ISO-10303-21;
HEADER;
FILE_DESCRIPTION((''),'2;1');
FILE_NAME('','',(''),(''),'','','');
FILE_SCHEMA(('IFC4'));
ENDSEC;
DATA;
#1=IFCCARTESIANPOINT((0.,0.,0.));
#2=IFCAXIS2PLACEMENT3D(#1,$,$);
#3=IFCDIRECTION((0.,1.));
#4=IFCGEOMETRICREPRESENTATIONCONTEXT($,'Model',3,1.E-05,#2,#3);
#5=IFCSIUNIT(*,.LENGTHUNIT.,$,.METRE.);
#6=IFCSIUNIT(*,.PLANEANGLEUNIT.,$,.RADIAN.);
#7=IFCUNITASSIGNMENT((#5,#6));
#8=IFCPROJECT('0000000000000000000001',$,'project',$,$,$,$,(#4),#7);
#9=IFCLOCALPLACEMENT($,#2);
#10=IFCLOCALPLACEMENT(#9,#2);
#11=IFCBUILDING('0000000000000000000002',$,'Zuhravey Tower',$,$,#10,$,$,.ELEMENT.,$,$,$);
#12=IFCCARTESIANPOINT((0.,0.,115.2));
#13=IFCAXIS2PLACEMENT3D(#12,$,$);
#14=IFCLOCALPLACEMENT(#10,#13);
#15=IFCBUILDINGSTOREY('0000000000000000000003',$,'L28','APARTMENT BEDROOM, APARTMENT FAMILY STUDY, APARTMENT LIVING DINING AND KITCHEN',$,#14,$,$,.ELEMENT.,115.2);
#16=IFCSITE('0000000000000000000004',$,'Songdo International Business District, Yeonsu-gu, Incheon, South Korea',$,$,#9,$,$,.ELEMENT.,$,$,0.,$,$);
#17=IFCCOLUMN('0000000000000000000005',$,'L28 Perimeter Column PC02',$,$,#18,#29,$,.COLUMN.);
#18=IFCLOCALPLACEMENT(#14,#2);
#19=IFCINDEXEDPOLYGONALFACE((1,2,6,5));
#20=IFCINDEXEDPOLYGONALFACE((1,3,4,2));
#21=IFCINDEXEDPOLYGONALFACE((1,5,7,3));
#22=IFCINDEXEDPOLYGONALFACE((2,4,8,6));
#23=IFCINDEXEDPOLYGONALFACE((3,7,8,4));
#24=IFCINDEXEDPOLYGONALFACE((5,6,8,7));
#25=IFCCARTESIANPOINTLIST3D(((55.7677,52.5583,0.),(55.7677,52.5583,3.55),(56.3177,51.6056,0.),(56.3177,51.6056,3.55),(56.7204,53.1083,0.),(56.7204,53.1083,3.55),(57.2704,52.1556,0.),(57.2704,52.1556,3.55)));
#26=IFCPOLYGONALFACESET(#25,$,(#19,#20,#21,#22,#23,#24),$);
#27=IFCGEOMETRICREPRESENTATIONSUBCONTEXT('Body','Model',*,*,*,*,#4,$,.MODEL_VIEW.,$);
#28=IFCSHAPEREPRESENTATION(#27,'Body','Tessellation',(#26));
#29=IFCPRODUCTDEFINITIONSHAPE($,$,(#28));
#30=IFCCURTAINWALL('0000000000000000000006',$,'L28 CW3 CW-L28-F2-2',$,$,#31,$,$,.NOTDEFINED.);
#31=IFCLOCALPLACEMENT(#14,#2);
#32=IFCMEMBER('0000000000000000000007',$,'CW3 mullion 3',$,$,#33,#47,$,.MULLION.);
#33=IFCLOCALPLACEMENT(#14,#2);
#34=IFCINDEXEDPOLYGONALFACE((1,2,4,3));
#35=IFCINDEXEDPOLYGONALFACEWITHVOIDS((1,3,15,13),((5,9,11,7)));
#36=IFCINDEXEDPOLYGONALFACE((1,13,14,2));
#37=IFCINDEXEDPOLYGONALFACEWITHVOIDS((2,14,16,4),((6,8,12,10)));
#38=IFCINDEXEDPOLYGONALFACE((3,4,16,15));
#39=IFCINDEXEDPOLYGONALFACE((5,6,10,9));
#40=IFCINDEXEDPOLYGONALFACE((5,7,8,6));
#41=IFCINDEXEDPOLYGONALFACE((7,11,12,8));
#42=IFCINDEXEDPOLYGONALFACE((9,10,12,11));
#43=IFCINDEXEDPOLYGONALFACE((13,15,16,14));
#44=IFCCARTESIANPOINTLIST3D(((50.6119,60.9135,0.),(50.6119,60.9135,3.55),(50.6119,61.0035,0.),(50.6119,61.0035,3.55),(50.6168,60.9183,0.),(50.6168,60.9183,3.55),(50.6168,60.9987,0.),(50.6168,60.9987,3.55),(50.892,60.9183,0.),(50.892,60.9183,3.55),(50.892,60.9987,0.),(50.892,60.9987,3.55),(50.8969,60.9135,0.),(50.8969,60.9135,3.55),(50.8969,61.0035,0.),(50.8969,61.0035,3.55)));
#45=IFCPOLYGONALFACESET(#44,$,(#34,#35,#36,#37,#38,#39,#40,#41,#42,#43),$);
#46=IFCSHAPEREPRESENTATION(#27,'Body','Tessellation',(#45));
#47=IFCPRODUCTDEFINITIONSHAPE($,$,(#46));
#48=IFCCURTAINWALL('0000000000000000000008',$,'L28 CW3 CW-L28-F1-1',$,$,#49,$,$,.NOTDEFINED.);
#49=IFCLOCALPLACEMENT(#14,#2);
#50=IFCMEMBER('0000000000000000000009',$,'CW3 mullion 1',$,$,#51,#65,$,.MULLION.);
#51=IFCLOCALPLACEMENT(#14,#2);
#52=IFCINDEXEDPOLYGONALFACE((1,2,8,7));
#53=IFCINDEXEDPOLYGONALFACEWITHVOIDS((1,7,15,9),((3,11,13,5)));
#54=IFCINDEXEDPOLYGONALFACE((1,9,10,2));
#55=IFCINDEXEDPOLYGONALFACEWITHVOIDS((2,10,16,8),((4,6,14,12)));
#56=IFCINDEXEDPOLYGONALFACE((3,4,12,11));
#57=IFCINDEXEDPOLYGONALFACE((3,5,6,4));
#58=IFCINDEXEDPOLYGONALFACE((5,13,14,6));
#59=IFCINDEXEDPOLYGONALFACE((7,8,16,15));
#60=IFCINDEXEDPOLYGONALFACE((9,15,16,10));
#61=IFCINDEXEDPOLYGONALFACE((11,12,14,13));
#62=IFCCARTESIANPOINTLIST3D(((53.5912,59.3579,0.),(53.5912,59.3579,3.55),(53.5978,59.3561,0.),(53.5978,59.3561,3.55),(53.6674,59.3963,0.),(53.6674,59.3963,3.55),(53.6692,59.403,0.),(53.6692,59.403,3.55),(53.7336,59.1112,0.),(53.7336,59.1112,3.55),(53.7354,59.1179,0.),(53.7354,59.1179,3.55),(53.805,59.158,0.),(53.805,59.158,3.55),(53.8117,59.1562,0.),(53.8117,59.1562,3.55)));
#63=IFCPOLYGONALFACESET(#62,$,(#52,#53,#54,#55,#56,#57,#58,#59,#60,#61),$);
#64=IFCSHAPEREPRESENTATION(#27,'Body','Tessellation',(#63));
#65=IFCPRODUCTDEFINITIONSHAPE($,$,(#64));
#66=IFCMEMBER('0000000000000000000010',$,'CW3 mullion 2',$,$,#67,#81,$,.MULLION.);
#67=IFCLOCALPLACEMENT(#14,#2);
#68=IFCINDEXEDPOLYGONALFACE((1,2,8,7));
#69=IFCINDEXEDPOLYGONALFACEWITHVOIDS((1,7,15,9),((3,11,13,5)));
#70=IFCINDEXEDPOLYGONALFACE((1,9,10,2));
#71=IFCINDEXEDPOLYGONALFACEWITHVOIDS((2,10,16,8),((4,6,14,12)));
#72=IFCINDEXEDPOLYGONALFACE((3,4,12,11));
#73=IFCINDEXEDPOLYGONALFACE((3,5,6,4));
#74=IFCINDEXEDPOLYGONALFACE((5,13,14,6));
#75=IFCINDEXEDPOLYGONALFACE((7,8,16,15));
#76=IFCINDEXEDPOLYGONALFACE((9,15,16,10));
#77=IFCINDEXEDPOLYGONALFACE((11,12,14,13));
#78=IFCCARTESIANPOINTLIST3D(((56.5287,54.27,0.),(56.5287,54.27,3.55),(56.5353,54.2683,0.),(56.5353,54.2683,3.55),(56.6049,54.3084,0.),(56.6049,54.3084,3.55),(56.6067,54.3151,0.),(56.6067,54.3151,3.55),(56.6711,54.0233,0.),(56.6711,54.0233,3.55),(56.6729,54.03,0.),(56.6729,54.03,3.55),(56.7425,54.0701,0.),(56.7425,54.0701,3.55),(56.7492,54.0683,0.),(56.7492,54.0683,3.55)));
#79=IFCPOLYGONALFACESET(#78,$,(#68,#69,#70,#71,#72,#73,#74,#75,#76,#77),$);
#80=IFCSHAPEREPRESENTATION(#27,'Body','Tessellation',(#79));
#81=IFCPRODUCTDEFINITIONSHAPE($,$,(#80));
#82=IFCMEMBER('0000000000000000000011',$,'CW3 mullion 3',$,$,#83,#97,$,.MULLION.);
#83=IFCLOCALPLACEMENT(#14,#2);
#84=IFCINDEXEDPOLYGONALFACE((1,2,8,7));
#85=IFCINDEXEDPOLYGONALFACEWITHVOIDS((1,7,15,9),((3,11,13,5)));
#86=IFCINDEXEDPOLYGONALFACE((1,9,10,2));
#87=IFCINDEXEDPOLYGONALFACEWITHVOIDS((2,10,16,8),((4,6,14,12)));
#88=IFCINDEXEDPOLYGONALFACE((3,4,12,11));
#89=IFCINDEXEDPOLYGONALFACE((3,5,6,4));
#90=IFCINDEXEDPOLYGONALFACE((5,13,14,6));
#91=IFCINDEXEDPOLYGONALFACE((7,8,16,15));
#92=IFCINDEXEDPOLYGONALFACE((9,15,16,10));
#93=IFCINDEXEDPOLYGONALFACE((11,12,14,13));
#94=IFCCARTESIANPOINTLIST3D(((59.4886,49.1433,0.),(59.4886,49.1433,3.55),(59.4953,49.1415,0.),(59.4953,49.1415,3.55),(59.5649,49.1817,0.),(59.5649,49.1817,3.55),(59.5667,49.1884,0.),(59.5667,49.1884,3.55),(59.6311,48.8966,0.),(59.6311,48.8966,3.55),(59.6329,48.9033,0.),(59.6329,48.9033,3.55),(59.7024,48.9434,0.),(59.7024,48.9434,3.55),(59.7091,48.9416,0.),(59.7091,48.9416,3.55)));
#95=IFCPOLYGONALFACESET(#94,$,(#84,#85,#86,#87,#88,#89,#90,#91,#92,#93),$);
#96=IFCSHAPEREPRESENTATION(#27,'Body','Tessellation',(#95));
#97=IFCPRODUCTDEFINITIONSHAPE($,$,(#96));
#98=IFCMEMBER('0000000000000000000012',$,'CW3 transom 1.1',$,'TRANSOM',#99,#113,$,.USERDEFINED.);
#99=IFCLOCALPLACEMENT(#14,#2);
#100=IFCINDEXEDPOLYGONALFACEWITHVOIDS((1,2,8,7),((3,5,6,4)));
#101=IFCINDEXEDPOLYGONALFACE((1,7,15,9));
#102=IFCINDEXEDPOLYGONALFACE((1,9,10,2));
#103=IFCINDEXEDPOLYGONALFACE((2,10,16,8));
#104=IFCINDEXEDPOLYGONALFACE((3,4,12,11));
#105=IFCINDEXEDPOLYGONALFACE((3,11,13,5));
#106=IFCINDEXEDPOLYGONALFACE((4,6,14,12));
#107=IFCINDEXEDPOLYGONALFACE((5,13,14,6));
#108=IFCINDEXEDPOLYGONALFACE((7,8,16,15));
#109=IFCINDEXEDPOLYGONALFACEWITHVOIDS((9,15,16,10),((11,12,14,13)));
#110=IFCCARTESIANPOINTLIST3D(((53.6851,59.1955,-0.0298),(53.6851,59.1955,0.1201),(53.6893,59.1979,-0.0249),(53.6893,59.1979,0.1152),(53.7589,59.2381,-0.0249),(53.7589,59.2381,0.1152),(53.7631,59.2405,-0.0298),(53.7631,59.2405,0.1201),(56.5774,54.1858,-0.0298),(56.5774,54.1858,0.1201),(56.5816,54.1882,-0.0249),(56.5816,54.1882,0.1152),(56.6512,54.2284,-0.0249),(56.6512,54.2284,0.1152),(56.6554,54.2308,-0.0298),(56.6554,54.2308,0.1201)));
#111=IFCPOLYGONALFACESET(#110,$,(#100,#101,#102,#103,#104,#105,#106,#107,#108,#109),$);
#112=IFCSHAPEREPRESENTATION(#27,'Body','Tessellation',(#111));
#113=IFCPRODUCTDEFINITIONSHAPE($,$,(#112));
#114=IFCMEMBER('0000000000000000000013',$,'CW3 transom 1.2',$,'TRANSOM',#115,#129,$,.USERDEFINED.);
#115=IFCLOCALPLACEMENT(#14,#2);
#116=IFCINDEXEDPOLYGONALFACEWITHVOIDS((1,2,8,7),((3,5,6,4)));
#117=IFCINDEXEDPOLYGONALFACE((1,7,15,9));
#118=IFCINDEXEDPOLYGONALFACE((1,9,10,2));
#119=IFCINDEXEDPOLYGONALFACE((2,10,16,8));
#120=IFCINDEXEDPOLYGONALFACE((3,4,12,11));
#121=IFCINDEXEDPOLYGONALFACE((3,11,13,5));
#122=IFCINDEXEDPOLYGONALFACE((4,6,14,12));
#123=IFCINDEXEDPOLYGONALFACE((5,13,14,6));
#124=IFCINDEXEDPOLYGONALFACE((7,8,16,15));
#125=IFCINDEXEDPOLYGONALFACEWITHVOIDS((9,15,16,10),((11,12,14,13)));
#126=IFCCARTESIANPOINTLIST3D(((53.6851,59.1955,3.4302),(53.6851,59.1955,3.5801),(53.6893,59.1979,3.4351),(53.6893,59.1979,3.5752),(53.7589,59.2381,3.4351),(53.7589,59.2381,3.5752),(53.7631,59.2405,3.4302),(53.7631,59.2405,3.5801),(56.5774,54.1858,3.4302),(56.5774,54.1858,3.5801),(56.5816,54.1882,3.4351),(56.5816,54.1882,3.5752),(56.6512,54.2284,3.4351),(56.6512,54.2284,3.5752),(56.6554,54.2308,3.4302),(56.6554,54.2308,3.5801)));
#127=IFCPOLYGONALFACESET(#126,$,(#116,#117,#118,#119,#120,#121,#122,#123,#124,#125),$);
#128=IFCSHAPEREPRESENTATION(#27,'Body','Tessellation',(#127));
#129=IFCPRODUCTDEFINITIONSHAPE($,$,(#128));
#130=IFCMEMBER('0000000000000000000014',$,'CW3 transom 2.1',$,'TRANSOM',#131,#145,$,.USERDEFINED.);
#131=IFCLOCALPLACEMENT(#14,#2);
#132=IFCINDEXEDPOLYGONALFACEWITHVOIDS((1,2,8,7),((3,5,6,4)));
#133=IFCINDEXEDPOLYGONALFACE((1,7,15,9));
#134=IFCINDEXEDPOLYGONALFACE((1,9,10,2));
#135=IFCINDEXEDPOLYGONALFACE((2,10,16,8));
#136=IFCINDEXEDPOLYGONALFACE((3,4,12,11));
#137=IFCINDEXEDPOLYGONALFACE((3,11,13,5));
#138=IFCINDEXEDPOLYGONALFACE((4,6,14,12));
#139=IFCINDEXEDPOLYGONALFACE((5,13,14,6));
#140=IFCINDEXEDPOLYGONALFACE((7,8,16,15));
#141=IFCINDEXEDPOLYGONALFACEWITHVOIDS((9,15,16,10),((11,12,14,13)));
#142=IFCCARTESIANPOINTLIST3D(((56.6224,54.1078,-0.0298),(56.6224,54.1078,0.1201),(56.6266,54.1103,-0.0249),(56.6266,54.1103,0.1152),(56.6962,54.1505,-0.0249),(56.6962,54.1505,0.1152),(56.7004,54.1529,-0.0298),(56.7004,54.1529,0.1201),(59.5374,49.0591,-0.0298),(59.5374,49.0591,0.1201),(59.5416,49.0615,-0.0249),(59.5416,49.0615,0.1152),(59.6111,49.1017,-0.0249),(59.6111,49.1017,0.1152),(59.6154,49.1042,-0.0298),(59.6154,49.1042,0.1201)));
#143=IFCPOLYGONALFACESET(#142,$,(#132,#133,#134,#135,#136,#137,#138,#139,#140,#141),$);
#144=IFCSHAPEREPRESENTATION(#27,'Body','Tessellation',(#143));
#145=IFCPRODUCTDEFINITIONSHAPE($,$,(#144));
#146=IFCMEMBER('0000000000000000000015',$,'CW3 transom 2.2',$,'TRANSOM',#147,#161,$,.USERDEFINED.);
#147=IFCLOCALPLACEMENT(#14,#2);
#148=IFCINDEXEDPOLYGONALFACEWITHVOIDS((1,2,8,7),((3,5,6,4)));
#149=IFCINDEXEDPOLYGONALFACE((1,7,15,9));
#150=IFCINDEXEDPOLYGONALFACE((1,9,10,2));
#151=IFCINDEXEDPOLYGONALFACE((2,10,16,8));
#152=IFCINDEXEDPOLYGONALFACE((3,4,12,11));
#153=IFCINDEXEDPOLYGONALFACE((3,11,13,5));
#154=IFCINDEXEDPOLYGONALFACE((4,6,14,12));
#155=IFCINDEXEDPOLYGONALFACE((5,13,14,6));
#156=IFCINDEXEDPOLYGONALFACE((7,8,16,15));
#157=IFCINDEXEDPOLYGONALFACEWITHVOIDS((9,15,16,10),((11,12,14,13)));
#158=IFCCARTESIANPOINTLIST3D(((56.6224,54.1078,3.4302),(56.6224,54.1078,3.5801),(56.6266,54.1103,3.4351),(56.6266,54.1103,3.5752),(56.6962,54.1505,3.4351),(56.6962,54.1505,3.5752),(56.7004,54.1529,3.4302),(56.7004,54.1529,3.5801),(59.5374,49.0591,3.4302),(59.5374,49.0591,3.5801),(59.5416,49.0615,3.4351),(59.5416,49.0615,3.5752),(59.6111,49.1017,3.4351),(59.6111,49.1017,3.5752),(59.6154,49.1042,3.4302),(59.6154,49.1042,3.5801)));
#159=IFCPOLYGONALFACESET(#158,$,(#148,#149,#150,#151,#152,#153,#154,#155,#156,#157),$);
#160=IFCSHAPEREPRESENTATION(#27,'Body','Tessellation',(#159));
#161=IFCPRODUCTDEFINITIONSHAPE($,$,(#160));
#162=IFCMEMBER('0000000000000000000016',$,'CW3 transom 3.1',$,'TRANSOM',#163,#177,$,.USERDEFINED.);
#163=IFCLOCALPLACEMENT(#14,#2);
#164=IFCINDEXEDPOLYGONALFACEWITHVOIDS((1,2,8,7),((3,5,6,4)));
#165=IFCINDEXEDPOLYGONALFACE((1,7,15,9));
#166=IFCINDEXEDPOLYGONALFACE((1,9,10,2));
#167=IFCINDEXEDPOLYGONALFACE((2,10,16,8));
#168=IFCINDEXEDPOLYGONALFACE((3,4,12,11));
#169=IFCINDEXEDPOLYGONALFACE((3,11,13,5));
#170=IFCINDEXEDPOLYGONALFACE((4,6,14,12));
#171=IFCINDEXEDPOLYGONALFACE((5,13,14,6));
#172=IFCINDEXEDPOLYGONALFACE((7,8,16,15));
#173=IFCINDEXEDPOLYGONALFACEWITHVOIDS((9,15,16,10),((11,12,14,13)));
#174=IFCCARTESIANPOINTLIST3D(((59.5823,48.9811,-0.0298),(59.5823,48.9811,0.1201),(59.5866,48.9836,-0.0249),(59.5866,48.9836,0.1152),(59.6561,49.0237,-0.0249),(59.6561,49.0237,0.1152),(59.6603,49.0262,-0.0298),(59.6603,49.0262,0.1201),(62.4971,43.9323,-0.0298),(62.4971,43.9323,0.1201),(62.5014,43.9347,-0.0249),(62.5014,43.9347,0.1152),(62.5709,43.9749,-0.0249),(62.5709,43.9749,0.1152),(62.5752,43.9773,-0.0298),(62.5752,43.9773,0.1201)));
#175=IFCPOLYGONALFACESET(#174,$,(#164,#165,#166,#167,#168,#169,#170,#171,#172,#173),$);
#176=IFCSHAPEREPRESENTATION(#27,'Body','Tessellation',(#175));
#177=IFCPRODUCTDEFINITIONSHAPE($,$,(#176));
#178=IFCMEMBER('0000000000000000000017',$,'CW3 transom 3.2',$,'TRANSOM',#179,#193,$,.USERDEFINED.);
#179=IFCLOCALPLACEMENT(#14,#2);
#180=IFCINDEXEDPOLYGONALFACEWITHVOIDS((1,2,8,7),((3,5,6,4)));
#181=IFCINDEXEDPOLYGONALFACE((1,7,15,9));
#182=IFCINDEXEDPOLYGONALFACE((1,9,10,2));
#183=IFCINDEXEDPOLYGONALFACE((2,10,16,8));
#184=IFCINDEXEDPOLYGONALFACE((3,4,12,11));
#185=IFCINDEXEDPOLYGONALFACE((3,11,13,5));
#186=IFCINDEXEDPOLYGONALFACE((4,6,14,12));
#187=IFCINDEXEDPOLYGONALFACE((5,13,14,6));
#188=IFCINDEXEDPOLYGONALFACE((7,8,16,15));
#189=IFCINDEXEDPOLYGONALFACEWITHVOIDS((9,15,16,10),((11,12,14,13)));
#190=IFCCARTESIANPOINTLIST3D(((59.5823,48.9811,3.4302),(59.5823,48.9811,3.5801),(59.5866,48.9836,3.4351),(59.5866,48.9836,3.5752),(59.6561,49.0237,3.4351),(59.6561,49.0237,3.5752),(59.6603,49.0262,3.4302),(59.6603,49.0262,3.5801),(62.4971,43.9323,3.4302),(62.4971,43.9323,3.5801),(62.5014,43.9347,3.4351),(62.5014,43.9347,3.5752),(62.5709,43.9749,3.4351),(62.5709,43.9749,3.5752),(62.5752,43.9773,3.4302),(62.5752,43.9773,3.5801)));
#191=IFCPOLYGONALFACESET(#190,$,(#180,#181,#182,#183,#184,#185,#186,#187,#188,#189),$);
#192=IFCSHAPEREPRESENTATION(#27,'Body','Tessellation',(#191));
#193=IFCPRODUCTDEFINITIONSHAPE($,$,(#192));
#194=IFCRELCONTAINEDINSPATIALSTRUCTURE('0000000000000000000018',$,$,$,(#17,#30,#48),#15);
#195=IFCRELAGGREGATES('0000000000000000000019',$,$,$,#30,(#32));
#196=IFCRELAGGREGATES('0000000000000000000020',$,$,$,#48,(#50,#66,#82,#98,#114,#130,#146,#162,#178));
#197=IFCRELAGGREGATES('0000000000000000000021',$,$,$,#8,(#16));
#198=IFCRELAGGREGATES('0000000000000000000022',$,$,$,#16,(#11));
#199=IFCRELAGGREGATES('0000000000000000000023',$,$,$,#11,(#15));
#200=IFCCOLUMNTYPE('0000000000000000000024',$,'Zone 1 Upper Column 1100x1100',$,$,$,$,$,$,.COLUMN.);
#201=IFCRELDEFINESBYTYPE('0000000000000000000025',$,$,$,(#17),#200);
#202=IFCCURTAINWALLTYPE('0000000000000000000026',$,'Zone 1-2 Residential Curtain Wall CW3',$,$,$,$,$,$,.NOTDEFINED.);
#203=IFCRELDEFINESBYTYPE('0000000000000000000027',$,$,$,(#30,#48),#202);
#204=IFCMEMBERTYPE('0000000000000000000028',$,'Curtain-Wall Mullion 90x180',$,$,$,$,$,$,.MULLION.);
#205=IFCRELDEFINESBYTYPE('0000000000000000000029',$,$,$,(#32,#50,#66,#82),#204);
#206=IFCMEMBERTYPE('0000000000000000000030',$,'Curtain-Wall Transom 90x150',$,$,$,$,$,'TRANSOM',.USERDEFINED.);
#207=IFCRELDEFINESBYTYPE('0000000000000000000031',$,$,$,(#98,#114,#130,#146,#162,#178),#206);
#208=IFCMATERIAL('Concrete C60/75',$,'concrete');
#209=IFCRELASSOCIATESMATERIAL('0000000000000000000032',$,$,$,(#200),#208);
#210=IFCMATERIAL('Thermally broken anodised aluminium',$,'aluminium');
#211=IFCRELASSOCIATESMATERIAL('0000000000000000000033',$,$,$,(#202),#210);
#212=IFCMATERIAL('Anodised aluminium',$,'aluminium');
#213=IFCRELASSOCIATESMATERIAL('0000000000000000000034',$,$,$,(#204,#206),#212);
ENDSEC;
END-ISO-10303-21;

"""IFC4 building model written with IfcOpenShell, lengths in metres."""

from ifc_helpers import new_model, si_unit, direction, frame, origin, origin_2d, place, context, subcontext, project, spatial, rectangle, hollow_rectangle, extrude, material, material_profile, profile_set, type_object, element, aggregate, save


model = new_model("IFC4")

# Units and contexts
model_context = context("Model", 3, precision=1e-05, world=origin(), true_north=direction((0.0, 1.0)))
body_context = subcontext(model_context, "Body", "Model", "MODEL_VIEW")
ifc_project = project(units=[si_unit("LENGTHUNIT", "METRE"), si_unit("PLANEANGLEUNIT", "RADIAN")], contexts=[model_context])

# Site, building, storey
site_placement = place(None, origin())
site = spatial("IfcSite", under=ifc_project, at=site_placement, Name="Songdo International Business District, Yeonsu-gu, Incheon, South Korea", CompositionType="ELEMENT", RefElevation=0.0)
building_placement = place(site_placement, origin())
building = spatial("IfcBuilding", under=site, at=building_placement, Name="Zuhravey Tower", CompositionType="ELEMENT")
storey_placement = place(building_placement, frame((0.0, 0.0, 115.2)))
storey = spatial("IfcBuildingStorey", under=building, at=storey_placement, Name="L28", Description="APARTMENT BEDROOM, APARTMENT FAMILY STUDY, APARTMENT LIVING DINING AND KITCHEN", CompositionType="ELEMENT", Elevation=115.2)

# Column
ifc_material_1 = material(Name="Concrete C60/75", Category="concrete")
ifc_material_profile_1 = material_profile(ifc_material_1, rectangle(XDim=1.1001, YDim=1.1001, at=origin_2d()), Name="RC-1100x1100")
ifc_profile_set_1 = profile_set([ifc_material_profile_1], Name="Concrete C60/75")
column_type = type_object("IfcColumnType", Name="Zone 1 Upper Column 1100x1100", PredefinedType="COLUMN", material=ifc_profile_set_1)
column_placement = place(storey_placement, frame((56.519, 52.3569, 0.0), z_axis=(0.0, 0.0, 1.0), x_axis=(-0.5, 0.866025, 0.0)))
element("IfcColumn", 1, at=column_placement, inside=storey, type_object=column_type, Name="L28 Perimeter Column PC02", PredefinedType="COLUMN", context=body_context, shape_type="SweptSolid", body=[
    extrude(rectangle(XDim=1.1001, YDim=1.1001, at=origin_2d()), origin(), (0.0, 0.0, 1.0), 3.55),
])

# Curtain wall, member
ifc_material_2 = material(Name="Thermally broken anodised aluminium", Category="aluminium")
curtain_wall_type = type_object("IfcCurtainWallType", Name="Zone 1-2 Residential Curtain Wall CW3", PredefinedType="NOTDEFINED", material=ifc_material_2)
curtain_wall_1_placement = place(storey_placement, origin())
curtain_wall_1 = element("IfcCurtainWall", 2, at=curtain_wall_1_placement, inside=storey, type_object=curtain_wall_type, Name="L28 CW3 CW-L28-F2-2", PredefinedType="NOTDEFINED")
ifc_material_3 = material(Name="Anodised aluminium", Category="aluminium")
ifc_material_profile_2 = material_profile(ifc_material_3, hollow_rectangle(XDim=0.0901, YDim=0.2849, WallThickness=0.0049, at=origin_2d()), Name="ALU-RHS-90x285x5")
ifc_profile_set_2 = profile_set([ifc_material_profile_2], Name="Anodised aluminium")
member_type_1 = type_object("IfcMemberType", Name="Curtain-Wall Mullion 90x180", PredefinedType="MULLION", material=ifc_profile_set_2)
member_1_placement = place(storey_placement, frame((50.7544, 60.9585, 0.0), z_axis=(0.0, 0.0, 1.0), x_axis=(0.0, 1.0, 0.0)))
member_1 = element("IfcMember", 3, at=member_1_placement, type_object=member_type_1, Name="CW3 mullion 3", PredefinedType="MULLION", context=body_context, shape_type="SweptSolid", body=[
    extrude(hollow_rectangle(XDim=0.0901, YDim=0.2849, WallThickness=0.0049, at=origin_2d()), origin(), (0.0, 0.0, 1.0), 3.55),
])

# Curtain wall, members
curtain_wall_2_placement = place(storey_placement, origin())
curtain_wall_2 = element("IfcCurtainWall", 4, at=curtain_wall_2_placement, inside=storey, type_object=curtain_wall_type, Name="L28 CW3 CW-L28-F1-1", PredefinedType="NOTDEFINED")
member_2_placement = place(storey_placement, frame((53.7014, 59.2571, 0.0), z_axis=(0.0, 0.0, 1.0), x_axis=(0.866026, 0.5, 0.0)))
member_2 = element("IfcMember", 5, at=member_2_placement, type_object=member_type_1, Name="CW3 mullion 1", PredefinedType="MULLION", context=body_context, shape_type="SweptSolid", body=[
    extrude(hollow_rectangle(XDim=0.0901, YDim=0.2849, WallThickness=0.0049, at=origin_2d()), origin(), (0.0, 0.0, 1.0), 3.55),
])
member_3_placement = place(storey_placement, frame((56.6389, 54.1692, 0.0), z_axis=(0.0, 0.0, 1.0), x_axis=(0.866026, 0.5, 0.0)))
member_3 = element("IfcMember", 6, at=member_3_placement, type_object=member_type_1, Name="CW3 mullion 2", PredefinedType="MULLION", context=body_context, shape_type="SweptSolid", body=[
    extrude(hollow_rectangle(XDim=0.0901, YDim=0.2849, WallThickness=0.0049, at=origin_2d()), origin(), (0.0, 0.0, 1.0), 3.55),
])
member_4_placement = place(storey_placement, frame((59.5989, 49.0425, 0.0), z_axis=(0.0, 0.0, 1.0), x_axis=(0.866026, 0.5, 0.0)))
member_4 = element("IfcMember", 7, at=member_4_placement, type_object=member_type_1, Name="CW3 mullion 3", PredefinedType="MULLION", context=body_context, shape_type="SweptSolid", body=[
    extrude(hollow_rectangle(XDim=0.0901, YDim=0.2849, WallThickness=0.0049, at=origin_2d()), origin(), (0.0, 0.0, 1.0), 3.55),
])
ifc_material_profile_3 = material_profile(ifc_material_3, hollow_rectangle(XDim=0.0901, YDim=0.1499, WallThickness=0.0049, at=origin_2d()), Name="ALU-RHS-90x150x5")
ifc_profile_set_3 = profile_set([ifc_material_profile_3], Name="Anodised aluminium")
member_type_2 = type_object("IfcMemberType", Name="Curtain-Wall Transom 90x150", ElementType="TRANSOM", PredefinedType="USERDEFINED", material=ifc_profile_set_3)
member_5_placement = place(storey_placement, frame((53.7241, 59.218, 0.0452), z_axis=(0.499993, -0.86603, 0.0), x_axis=(0.86603, 0.499993, 0.0)))
member_5 = element("IfcMember", 8, at=member_5_placement, type_object=member_type_2, Name="CW3 transom 1.1", ObjectType="TRANSOM", PredefinedType="USERDEFINED", context=body_context, shape_type="SweptSolid", body=[
    extrude(hollow_rectangle(XDim=0.0901, YDim=0.1499, WallThickness=0.0049, at=origin_2d()), origin(), (0.0, 0.0, 1.0), 5.7847),
])
member_6_placement = place(storey_placement, frame((53.7241, 59.218, 3.5051), z_axis=(0.499993, -0.86603, 0.0), x_axis=(0.86603, 0.499993, 0.0)))
member_6 = element("IfcMember", 9, at=member_6_placement, type_object=member_type_2, Name="CW3 transom 1.2", ObjectType="TRANSOM", PredefinedType="USERDEFINED", context=body_context, shape_type="SweptSolid", body=[
    extrude(hollow_rectangle(XDim=0.0901, YDim=0.1499, WallThickness=0.0049, at=origin_2d()), origin(), (0.0, 0.0, 1.0), 5.7847),
])
member_7_placement = place(storey_placement, frame((56.6614, 54.1304, 0.0452), z_axis=(0.500012, -0.866018, 0.0), x_axis=(0.866018, 0.500012, 0.0)))
member_7 = element("IfcMember", 10, at=member_7_placement, type_object=member_type_2, Name="CW3 transom 2.1", ObjectType="TRANSOM", PredefinedType="USERDEFINED", context=body_context, shape_type="SweptSolid", body=[
    extrude(hollow_rectangle(XDim=0.0901, YDim=0.1499, WallThickness=0.0049, at=origin_2d()), origin(), (0.0, 0.0, 1.0), 5.8298),
])
member_8_placement = place(storey_placement, frame((56.6614, 54.1304, 3.5051), z_axis=(0.500012, -0.866018, 0.0), x_axis=(0.866018, 0.500012, 0.0)))
member_8 = element("IfcMember", 11, at=member_8_placement, type_object=member_type_2, Name="CW3 transom 2.2", ObjectType="TRANSOM", PredefinedType="USERDEFINED", context=body_context, shape_type="SweptSolid", body=[
    extrude(hollow_rectangle(XDim=0.0901, YDim=0.1499, WallThickness=0.0049, at=origin_2d()), origin(), (0.0, 0.0, 1.0), 5.8298),
])
member_9_placement = place(storey_placement, frame((59.6213, 49.0037, 0.0452), z_axis=(0.499981, -0.866036, 0.0), x_axis=(0.866036, 0.499981, 0.0)))
member_9 = element("IfcMember", 12, at=member_9_placement, type_object=member_type_2, Name="CW3 transom 3.1", ObjectType="TRANSOM", PredefinedType="USERDEFINED", context=body_context, shape_type="SweptSolid", body=[
    extrude(hollow_rectangle(XDim=0.0901, YDim=0.1499, WallThickness=0.0049, at=origin_2d()), origin(), (0.0, 0.0, 1.0), 5.8298),
])
member_10_placement = place(storey_placement, frame((59.6213, 49.0037, 3.5051), z_axis=(0.499981, -0.866036, 0.0), x_axis=(0.866036, 0.499981, 0.0)))
member_10 = element("IfcMember", 13, at=member_10_placement, type_object=member_type_2, Name="CW3 transom 3.2", ObjectType="TRANSOM", PredefinedType="USERDEFINED", context=body_context, shape_type="SweptSolid", body=[
    extrude(hollow_rectangle(XDim=0.0901, YDim=0.1499, WallThickness=0.0049, at=origin_2d()), origin(), (0.0, 0.0, 1.0), 5.8298),
])

aggregate(curtain_wall_1, [member_1])
aggregate(curtain_wall_2, [member_2, member_3, member_4, member_5, member_6, member_7, member_8, member_9, member_10])

save(model, "model.ifc")
